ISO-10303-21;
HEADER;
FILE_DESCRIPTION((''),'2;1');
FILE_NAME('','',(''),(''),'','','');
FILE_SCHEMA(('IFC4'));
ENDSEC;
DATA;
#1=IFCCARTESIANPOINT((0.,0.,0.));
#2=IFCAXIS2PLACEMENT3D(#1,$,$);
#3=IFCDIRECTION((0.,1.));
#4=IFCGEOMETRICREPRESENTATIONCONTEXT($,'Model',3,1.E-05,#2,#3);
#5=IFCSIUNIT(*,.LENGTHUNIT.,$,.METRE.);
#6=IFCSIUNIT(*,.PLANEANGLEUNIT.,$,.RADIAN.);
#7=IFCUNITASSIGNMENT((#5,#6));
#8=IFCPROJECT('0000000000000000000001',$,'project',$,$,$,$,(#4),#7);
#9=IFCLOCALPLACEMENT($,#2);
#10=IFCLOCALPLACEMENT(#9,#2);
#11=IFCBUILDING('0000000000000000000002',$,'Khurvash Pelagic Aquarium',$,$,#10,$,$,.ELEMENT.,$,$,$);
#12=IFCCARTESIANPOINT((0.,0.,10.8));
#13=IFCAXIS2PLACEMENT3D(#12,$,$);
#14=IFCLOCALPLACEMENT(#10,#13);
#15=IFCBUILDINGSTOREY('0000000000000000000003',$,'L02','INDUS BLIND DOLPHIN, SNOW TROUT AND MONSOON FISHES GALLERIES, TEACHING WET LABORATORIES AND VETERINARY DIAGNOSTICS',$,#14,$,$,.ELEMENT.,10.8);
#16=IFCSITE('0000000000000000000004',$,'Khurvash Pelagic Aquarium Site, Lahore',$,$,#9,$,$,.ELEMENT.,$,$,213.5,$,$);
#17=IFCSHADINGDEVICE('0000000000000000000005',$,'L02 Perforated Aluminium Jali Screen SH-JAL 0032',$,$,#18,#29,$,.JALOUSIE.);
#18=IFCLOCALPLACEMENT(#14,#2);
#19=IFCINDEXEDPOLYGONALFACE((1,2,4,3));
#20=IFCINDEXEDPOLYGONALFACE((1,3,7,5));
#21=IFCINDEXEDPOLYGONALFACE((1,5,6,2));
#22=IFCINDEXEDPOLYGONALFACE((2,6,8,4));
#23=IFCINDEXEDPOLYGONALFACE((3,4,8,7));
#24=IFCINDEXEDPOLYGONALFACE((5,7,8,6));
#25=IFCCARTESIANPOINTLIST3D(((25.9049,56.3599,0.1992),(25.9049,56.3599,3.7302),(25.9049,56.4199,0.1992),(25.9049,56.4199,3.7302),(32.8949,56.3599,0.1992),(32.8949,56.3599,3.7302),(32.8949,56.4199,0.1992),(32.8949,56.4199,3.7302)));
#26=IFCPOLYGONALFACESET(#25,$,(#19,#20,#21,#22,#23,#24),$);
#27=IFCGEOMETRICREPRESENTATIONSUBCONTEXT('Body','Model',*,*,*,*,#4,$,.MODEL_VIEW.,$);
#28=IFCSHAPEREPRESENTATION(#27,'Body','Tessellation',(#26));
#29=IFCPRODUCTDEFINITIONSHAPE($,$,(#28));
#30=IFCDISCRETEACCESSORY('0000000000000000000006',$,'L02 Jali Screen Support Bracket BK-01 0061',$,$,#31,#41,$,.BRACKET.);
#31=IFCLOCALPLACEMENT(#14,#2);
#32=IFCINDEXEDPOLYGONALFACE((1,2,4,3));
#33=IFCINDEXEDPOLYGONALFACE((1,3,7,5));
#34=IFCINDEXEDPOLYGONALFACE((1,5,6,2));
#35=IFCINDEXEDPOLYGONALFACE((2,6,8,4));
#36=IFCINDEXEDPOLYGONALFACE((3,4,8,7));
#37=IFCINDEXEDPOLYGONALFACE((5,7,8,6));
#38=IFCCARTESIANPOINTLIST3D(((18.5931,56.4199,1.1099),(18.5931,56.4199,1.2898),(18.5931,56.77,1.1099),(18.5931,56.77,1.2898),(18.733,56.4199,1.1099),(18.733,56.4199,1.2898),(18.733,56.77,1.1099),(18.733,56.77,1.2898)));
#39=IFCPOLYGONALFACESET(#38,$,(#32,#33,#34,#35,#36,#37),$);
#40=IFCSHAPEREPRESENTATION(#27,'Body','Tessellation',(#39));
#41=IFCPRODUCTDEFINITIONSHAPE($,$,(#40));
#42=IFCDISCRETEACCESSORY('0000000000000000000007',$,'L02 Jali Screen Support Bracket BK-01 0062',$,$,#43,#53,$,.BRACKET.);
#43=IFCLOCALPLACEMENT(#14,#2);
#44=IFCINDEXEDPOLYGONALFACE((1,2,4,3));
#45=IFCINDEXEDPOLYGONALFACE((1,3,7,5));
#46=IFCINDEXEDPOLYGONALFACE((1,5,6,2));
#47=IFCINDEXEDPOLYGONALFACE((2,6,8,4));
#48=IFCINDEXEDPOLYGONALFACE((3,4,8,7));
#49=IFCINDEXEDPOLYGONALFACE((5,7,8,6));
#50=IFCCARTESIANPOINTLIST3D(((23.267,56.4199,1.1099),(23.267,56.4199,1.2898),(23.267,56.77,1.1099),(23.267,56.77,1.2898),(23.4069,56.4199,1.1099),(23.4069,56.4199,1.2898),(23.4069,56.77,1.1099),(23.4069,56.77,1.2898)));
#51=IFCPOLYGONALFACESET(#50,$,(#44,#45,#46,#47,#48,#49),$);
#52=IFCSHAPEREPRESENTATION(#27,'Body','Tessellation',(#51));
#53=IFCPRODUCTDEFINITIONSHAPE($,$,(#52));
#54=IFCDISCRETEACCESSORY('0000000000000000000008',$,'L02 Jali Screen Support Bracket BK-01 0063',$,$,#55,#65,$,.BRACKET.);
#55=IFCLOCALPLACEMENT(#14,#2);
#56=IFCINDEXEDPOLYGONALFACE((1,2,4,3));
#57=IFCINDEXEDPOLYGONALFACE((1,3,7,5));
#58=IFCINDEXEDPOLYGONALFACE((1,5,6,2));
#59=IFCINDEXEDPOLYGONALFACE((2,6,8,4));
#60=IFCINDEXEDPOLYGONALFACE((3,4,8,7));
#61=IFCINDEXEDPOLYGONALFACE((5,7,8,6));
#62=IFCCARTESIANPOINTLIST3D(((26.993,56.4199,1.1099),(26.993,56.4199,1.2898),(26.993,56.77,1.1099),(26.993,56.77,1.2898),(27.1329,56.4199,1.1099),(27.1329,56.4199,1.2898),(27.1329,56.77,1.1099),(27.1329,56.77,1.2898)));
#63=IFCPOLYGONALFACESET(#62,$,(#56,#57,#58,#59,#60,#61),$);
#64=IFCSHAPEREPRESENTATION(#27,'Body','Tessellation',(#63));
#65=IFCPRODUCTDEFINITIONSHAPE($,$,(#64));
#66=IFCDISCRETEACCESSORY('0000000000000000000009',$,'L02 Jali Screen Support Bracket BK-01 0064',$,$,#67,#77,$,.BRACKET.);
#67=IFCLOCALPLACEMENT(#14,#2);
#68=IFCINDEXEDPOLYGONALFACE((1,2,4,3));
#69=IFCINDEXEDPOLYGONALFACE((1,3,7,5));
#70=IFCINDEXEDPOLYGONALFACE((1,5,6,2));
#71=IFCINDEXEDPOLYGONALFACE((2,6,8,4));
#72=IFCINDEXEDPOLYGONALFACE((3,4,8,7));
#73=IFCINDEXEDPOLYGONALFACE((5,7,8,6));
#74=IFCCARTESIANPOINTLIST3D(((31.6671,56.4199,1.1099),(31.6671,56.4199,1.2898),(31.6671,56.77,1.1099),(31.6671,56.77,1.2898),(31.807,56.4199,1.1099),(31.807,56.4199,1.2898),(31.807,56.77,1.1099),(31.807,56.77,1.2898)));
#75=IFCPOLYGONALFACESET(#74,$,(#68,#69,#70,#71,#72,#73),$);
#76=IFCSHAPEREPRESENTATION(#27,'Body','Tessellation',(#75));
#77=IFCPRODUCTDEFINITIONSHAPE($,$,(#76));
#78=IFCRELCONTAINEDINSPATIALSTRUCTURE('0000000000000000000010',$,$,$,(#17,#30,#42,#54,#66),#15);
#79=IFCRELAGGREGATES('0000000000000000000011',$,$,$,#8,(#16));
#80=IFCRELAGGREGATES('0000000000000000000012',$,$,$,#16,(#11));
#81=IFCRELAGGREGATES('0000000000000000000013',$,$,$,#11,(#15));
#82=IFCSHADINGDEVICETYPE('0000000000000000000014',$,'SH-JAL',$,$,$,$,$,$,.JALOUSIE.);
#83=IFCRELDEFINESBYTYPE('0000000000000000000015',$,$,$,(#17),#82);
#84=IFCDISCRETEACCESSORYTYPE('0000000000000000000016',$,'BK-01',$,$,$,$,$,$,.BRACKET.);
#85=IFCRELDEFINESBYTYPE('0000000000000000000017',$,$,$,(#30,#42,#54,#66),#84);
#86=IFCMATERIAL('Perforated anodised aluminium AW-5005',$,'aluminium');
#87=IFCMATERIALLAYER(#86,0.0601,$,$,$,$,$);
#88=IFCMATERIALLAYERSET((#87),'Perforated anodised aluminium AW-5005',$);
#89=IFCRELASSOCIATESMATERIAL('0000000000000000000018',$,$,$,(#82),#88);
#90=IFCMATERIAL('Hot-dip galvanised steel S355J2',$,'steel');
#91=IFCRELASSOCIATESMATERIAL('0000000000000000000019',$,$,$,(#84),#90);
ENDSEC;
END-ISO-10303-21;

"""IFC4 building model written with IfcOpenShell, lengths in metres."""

from ifc_helpers import new_model, si_unit, direction, frame, origin, origin_2d, place, context, subcontext, project, spatial, rectangle, extrude, material, layer, layer_set, type_object, element, save


model = new_model("IFC4")

# Units and contexts
model_context = context("Model", 3, precision=1e-05, world=origin(), true_north=direction((0.0, 1.0)))
body_context = subcontext(model_context, "Body", "Model", "MODEL_VIEW")
ifc_project = project(units=[si_unit("LENGTHUNIT", "METRE"), si_unit("PLANEANGLEUNIT", "RADIAN")], contexts=[model_context])

# Site, building, storey
site_placement = place(None, origin())
site = spatial("IfcSite", under=ifc_project, at=site_placement, Name="Khurvash Pelagic Aquarium Site, Lahore", CompositionType="ELEMENT", RefElevation=213.5)
building_placement = place(site_placement, origin())
building = spatial("IfcBuilding", under=site, at=building_placement, Name="Khurvash Pelagic Aquarium", CompositionType="ELEMENT")
storey_placement = place(building_placement, frame((0.0, 0.0, 10.8)))
storey = spatial("IfcBuildingStorey", under=building, at=storey_placement, Name="L02", Description="INDUS BLIND DOLPHIN, SNOW TROUT AND MONSOON FISHES GALLERIES, TEACHING WET LABORATORIES AND VETERINARY DIAGNOSTICS", CompositionType="ELEMENT", Elevation=10.8)

# Shading device
ifc_material_1 = material(Name="Perforated anodised aluminium AW-5005", Category="aluminium")
ifc_layer_1 = layer(ifc_material_1, 0.0601)
ifc_layer_set_1 = layer_set([ifc_layer_1], Name="Perforated anodised aluminium AW-5005")
shading_device_type = type_object("IfcShadingDeviceType", Name="SH-JAL", PredefinedType="JALOUSIE", material=ifc_layer_set_1)
shading_device_placement = place(storey_placement, frame((29.3999, 56.3899, 0.1992), z_axis=(0.0, 0.0, 1.0), x_axis=(1.0, 0.0, 0.0)))
element("IfcShadingDevice", 1, at=shading_device_placement, inside=storey, type_object=shading_device_type, Name="L02 Perforated Aluminium Jali Screen SH-JAL 0032", PredefinedType="JALOUSIE", context=body_context, shape_type="SweptSolid", body=[
    extrude(rectangle(XDim=6.99, YDim=0.0601, at=origin_2d()), origin(), (0.0, 0.0, 1.0), 3.531),
])

# Discrete accessories
ifc_material_2 = material(Name="Hot-dip galvanised steel S355J2", Category="steel")
discrete_accessory_type = type_object("IfcDiscreteAccessoryType", Name="BK-01", PredefinedType="BRACKET", material=ifc_material_2)
for number, where, z_axis, x_axis, name in (
    (2, (18.6631, 56.595, 1.1099), (0.0, 0.0, 1.0), (1.0, 0.0, 0.0), "L02 Jali Screen Support Bracket BK-01 0061"),
    (3, (23.3369, 56.595, 1.1099), (0.0, 0.0, 1.0), (1.0, 0.0, 0.0), "L02 Jali Screen Support Bracket BK-01 0062"),
    (4, (27.063, 56.595, 1.1099), (0.0, 0.0, 1.0), (1.0, 0.0, 0.0), "L02 Jali Screen Support Bracket BK-01 0063"),
    (5, (31.7371, 56.595, 1.1099), (0.0, 0.0, 1.0), (1.0, 0.0, 0.0), "L02 Jali Screen Support Bracket BK-01 0064"),
):
    element("IfcDiscreteAccessory", number, at=place(storey_placement, frame(where, z_axis=z_axis, x_axis=x_axis)), inside=storey, type_object=discrete_accessory_type, Name=name, PredefinedType="BRACKET", context=body_context, shape_type="SweptSolid", body=[
        extrude(rectangle(XDim=0.1399, YDim=0.3501, at=origin_2d()), origin(), (0.0, 0.0, 1.0), 0.1799),
    ])

save(model, "model.ifc")
